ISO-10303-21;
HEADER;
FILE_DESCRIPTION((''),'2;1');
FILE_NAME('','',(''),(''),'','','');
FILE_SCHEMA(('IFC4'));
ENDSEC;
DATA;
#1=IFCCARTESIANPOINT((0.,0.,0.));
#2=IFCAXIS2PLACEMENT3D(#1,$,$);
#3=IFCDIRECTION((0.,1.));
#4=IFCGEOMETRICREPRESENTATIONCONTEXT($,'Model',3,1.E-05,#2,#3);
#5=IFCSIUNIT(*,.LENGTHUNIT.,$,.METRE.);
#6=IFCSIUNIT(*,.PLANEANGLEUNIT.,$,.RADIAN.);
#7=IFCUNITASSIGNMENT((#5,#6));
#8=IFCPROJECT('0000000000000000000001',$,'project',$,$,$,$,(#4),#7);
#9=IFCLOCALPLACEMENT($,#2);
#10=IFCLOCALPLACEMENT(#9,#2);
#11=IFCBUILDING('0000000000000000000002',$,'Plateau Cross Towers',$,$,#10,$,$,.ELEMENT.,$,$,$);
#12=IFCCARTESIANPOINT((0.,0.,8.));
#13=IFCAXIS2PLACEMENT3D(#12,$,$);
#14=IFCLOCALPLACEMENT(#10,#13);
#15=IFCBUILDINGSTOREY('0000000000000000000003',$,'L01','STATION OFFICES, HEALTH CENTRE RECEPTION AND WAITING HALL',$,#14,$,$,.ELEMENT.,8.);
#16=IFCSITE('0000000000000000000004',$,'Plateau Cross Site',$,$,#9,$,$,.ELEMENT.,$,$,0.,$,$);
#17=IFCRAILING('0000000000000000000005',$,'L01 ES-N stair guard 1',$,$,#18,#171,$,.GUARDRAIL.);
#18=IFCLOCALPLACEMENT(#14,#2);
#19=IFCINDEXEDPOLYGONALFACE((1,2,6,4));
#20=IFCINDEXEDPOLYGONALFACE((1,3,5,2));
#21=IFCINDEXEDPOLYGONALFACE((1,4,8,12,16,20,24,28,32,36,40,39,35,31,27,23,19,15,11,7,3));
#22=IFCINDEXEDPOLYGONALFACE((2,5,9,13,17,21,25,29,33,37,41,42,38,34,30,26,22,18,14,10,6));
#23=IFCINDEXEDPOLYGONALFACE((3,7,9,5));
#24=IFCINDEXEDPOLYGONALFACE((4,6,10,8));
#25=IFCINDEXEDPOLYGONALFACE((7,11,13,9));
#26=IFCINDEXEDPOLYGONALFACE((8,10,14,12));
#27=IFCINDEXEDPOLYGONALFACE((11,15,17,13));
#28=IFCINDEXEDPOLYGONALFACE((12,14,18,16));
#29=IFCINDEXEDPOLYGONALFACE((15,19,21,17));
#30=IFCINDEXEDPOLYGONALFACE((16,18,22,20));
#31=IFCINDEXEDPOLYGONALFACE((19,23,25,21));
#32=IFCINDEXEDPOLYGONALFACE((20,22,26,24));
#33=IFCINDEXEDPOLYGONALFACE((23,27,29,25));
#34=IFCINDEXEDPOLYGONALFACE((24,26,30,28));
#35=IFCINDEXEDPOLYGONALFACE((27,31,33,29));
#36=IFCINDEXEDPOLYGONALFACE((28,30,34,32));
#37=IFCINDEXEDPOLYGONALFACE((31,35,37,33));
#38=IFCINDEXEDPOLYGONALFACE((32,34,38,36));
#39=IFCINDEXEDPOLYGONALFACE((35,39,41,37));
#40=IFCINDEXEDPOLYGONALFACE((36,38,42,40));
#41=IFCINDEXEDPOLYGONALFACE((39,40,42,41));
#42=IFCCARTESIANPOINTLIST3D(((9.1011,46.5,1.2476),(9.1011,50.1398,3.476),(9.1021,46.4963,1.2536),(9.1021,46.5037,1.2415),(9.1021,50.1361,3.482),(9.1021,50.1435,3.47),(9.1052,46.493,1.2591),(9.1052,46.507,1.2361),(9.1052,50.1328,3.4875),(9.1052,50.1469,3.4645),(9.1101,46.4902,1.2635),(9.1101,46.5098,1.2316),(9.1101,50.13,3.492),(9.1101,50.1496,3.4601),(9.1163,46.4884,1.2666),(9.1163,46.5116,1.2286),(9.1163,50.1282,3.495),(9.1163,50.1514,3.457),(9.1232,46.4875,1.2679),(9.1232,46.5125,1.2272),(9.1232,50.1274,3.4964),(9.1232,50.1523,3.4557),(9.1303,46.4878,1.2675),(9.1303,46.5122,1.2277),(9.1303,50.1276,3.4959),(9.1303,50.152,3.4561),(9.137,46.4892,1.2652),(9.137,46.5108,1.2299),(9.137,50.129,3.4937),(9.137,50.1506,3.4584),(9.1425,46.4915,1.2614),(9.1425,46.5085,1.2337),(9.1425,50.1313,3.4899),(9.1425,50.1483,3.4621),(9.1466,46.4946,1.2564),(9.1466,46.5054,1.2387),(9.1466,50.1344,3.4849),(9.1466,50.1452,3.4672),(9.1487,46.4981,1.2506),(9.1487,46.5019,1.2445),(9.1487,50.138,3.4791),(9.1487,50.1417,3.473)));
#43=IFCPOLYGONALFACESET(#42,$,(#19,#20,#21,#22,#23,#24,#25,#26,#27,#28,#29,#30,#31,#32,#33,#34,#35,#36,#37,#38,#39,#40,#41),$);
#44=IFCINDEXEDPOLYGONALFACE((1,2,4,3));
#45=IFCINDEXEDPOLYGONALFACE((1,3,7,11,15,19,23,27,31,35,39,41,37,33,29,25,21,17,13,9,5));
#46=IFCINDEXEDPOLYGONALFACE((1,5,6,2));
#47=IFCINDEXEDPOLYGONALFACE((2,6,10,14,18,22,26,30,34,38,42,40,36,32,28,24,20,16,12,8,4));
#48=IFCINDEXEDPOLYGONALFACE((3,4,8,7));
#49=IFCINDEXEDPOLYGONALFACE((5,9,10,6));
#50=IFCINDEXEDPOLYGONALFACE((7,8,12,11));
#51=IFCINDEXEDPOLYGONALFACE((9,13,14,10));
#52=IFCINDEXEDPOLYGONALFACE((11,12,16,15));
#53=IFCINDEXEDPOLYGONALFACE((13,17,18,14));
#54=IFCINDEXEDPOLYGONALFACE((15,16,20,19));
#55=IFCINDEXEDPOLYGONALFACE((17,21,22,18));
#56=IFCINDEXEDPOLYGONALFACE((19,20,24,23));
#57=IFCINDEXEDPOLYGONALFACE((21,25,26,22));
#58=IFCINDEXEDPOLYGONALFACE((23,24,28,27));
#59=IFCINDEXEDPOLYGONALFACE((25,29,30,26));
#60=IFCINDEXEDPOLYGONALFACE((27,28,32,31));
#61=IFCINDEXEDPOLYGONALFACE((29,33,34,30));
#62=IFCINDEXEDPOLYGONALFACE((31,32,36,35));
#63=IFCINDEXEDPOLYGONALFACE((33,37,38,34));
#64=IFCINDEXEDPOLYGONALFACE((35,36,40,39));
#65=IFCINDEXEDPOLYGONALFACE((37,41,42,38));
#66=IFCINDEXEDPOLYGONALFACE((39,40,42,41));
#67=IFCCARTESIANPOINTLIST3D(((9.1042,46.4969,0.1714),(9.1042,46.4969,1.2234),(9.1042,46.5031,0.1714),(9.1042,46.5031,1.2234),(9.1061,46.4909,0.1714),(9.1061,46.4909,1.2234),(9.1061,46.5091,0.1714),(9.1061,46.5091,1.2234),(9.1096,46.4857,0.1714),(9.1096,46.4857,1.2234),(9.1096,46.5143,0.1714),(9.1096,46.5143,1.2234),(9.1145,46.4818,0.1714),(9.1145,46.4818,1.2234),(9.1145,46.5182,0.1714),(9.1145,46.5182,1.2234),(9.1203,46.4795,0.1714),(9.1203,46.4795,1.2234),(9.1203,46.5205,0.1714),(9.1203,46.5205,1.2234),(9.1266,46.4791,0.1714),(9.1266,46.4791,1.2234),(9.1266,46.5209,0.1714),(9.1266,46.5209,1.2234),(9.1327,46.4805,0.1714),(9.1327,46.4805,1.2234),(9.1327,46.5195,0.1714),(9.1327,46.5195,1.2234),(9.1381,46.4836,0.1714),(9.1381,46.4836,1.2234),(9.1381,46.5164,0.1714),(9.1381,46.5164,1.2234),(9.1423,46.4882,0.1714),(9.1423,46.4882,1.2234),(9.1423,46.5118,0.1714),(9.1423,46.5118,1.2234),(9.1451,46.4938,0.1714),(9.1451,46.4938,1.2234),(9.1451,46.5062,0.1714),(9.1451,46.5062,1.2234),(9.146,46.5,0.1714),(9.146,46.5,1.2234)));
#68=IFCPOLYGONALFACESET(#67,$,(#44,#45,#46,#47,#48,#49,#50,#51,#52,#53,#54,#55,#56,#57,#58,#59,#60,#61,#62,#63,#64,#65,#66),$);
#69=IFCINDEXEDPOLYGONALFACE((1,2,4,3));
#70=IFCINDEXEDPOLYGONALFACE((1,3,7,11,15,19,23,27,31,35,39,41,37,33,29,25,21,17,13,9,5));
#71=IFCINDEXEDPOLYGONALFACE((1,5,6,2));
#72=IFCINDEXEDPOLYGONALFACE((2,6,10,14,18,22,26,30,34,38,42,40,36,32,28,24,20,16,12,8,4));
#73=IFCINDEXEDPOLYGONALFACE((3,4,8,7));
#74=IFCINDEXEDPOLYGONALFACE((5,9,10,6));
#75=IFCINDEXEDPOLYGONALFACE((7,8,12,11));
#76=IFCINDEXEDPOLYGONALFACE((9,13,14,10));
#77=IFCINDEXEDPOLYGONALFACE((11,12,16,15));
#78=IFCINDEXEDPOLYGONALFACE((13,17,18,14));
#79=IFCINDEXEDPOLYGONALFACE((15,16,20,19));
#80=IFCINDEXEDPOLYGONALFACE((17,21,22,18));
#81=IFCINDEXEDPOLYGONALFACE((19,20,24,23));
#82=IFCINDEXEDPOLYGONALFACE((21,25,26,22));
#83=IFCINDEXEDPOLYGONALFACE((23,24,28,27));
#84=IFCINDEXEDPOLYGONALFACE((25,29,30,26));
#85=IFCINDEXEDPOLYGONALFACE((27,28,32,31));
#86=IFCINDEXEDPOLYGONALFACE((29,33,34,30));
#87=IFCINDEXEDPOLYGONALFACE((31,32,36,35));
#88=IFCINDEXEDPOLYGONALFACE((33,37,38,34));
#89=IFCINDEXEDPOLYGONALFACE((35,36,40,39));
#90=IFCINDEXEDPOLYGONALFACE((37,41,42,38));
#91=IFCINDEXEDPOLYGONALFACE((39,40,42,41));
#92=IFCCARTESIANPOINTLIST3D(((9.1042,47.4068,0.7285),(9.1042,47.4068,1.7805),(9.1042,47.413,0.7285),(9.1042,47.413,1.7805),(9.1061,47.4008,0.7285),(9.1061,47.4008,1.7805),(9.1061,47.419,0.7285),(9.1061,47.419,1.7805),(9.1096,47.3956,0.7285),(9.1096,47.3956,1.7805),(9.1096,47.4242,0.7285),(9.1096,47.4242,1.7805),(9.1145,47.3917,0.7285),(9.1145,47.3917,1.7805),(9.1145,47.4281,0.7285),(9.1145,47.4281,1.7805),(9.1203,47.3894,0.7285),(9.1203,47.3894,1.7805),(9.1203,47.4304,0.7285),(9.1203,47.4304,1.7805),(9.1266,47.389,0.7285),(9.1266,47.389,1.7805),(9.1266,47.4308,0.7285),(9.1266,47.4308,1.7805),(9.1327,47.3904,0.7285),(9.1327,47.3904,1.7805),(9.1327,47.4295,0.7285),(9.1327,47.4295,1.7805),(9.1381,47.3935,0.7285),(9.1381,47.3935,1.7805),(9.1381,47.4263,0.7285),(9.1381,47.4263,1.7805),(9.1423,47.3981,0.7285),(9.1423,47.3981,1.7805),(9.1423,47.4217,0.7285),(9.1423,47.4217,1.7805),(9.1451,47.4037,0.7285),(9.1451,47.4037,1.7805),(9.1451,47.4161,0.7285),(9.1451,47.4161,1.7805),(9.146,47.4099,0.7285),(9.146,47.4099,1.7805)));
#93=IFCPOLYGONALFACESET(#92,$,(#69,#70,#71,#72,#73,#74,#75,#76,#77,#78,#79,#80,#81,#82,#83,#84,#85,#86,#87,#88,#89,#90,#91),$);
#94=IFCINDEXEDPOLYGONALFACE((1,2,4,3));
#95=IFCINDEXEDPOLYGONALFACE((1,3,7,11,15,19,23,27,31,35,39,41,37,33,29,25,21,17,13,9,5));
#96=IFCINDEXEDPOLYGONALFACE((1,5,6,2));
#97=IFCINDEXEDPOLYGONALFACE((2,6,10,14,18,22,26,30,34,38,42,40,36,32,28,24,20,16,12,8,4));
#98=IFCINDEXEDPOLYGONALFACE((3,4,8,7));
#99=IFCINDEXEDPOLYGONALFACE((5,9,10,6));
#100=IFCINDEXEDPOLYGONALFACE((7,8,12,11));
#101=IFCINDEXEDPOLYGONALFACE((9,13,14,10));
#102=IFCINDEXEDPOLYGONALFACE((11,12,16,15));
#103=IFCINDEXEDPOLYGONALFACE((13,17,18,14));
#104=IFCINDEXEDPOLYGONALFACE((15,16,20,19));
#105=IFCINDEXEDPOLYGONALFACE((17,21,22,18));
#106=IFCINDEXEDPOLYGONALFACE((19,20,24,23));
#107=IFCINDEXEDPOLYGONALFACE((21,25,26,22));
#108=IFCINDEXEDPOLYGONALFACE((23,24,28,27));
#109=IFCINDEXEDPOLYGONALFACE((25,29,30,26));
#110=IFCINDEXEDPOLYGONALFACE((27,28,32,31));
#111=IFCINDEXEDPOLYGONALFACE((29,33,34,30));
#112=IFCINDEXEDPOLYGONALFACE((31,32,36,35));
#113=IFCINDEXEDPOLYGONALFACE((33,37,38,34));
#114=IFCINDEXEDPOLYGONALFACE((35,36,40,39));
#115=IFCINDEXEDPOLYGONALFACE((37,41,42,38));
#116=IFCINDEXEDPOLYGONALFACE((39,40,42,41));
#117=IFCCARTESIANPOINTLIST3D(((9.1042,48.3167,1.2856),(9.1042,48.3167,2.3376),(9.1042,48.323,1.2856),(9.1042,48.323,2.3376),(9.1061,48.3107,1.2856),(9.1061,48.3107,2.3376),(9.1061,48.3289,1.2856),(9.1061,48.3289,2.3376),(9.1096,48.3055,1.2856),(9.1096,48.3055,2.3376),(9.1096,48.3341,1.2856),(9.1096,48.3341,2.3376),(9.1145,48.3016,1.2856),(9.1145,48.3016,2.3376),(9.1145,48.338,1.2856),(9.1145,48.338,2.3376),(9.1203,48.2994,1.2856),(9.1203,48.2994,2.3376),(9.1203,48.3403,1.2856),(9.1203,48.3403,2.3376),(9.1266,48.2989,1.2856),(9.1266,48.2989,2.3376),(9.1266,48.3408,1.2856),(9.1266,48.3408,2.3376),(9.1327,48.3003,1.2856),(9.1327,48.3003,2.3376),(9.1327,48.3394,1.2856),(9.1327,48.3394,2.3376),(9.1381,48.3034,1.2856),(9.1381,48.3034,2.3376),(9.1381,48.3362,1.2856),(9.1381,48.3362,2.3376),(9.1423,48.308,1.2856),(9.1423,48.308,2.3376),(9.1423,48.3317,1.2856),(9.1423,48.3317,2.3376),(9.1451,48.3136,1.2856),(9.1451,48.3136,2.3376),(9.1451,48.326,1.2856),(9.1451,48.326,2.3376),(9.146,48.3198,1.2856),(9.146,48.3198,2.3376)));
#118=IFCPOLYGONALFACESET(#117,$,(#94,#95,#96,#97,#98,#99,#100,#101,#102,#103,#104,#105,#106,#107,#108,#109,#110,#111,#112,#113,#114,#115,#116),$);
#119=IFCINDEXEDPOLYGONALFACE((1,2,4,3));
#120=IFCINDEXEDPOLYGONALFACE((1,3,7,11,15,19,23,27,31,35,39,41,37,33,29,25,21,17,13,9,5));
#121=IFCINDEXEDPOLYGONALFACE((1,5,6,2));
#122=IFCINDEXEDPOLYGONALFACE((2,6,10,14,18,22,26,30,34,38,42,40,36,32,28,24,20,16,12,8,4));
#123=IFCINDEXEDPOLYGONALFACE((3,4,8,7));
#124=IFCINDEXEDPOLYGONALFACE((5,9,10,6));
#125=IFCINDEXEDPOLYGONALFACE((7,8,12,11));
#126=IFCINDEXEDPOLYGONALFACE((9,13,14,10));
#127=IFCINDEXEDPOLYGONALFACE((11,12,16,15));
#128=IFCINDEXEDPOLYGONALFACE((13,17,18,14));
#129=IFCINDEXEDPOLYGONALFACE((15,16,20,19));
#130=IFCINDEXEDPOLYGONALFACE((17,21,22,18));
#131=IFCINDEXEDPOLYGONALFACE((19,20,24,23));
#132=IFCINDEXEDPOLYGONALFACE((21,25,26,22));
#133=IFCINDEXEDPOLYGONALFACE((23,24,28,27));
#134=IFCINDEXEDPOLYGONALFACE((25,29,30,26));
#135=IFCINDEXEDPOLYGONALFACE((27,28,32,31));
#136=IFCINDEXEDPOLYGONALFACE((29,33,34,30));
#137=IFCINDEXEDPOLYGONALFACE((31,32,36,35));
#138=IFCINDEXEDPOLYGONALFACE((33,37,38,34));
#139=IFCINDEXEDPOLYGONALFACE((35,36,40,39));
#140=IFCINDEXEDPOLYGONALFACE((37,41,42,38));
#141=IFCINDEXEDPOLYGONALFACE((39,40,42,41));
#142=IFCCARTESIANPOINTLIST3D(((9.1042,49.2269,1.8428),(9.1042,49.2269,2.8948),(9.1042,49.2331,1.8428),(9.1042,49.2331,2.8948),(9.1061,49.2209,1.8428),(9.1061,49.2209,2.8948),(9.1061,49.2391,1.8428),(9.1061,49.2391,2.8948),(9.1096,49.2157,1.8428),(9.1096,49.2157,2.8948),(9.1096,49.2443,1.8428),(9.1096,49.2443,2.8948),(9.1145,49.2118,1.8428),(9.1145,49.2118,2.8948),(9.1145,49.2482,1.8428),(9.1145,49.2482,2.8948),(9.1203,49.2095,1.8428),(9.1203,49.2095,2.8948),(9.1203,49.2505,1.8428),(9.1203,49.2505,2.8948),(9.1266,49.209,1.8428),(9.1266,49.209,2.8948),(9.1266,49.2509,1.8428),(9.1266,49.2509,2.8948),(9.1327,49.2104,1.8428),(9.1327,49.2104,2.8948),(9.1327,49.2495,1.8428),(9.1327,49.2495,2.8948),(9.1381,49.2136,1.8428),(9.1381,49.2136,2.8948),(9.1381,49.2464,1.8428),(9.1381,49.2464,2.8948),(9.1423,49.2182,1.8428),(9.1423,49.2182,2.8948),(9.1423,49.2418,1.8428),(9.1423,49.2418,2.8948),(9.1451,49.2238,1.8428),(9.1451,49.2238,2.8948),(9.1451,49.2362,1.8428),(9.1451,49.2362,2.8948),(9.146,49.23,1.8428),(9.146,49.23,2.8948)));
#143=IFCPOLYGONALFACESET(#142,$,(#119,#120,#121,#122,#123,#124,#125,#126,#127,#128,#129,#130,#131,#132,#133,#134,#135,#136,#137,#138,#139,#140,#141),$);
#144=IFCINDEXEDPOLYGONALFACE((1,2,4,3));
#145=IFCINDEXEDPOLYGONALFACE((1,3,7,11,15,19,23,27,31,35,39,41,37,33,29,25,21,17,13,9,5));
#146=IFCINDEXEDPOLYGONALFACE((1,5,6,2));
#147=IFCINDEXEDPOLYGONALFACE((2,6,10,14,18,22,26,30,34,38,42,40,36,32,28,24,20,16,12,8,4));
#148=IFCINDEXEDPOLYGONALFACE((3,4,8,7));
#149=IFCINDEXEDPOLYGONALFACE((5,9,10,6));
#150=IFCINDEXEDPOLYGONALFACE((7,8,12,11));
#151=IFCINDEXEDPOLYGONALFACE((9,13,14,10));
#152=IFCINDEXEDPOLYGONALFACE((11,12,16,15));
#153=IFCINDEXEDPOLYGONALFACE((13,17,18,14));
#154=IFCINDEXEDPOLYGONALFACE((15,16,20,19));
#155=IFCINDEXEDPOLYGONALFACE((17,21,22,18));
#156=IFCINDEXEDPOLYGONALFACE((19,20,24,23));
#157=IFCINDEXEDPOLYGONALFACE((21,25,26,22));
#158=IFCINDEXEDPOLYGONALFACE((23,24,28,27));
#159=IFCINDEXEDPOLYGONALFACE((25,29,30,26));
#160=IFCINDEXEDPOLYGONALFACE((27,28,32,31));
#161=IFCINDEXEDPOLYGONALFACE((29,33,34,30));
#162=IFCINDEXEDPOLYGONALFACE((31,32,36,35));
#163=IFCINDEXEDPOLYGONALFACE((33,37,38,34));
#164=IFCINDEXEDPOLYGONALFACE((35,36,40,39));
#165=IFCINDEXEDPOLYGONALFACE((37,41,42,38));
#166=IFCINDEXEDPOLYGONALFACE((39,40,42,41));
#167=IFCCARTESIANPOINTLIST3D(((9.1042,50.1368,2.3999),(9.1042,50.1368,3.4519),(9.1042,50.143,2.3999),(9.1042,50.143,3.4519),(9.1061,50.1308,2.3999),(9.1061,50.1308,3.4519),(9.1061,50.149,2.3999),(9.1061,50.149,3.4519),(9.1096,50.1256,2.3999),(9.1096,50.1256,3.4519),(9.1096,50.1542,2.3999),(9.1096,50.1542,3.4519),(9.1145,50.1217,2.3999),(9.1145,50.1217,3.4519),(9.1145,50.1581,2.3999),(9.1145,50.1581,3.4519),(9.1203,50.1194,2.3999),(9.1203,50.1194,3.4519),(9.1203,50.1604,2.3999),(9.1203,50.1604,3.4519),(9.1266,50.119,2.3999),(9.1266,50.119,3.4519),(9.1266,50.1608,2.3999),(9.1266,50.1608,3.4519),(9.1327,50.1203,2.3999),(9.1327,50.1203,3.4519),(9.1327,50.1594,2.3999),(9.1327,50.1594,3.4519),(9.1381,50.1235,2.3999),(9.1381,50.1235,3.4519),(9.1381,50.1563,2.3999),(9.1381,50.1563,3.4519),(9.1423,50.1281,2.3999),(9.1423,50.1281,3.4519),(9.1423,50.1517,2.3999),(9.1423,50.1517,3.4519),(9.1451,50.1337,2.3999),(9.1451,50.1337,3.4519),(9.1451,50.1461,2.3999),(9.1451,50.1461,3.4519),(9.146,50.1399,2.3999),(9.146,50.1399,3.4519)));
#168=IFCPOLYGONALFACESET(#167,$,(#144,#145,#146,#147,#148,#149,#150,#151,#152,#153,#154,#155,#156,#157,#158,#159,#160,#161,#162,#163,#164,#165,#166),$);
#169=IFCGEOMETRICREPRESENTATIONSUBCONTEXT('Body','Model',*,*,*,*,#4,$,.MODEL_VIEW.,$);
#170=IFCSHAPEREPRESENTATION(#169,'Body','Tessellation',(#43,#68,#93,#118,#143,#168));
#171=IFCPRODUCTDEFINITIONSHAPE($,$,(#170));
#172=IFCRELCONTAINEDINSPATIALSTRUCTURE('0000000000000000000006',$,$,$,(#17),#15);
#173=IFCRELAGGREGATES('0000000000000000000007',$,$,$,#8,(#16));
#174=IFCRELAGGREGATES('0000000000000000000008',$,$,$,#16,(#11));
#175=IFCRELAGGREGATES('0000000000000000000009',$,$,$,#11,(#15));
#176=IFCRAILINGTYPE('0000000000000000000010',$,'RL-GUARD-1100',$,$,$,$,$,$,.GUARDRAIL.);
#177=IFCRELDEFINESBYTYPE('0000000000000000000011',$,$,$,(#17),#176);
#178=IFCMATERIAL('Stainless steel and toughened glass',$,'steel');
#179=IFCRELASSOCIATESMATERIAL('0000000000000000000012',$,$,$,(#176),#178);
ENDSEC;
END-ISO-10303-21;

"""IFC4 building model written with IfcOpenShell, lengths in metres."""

from ifc_helpers import new_model, si_unit, direction, frame, origin, origin_2d, place, context, subcontext, project, spatial, circle, extrude, material, type_object, element, save


model = new_model("IFC4")

# Units and contexts
model_context = context("Model", 3, precision=1e-05, world=origin(), true_north=direction((0.0, 1.0)))
body_context = subcontext(model_context, "Body", "Model", "MODEL_VIEW")
ifc_project = project(units=[si_unit("LENGTHUNIT", "METRE"), si_unit("PLANEANGLEUNIT", "RADIAN")], contexts=[model_context])

# Site, building, storey
site_placement = place(None, origin())
site = spatial("IfcSite", under=ifc_project, at=site_placement, Name="Plateau Cross Site", CompositionType="ELEMENT", RefElevation=0.0)
building_placement = place(site_placement, origin())
building = spatial("IfcBuilding", under=site, at=building_placement, Name="Plateau Cross Towers", CompositionType="ELEMENT")
storey_placement = place(building_placement, frame((0.0, 0.0, 8.0)))
storey = spatial("IfcBuildingStorey", under=building, at=storey_placement, Name="L01", Description="STATION OFFICES, HEALTH CENTRE RECEPTION AND WAITING HALL", CompositionType="ELEMENT", Elevation=8.0)

# Railing
ifc_material_1 = material(Name="Stainless steel and toughened glass", Category="steel")
railing_type_1 = type_object("IfcRailingType", Name="RL-GUARD-1100", PredefinedType="GUARDRAIL", material=ifc_material_1)
railing_1_placement = place(storey_placement, frame((9.125, 46.5, 0.1714)))
element("IfcRailing", 1, at=railing_1_placement, inside=storey, type_object=railing_type_1, Name="L01 ES-N stair guard 1", PredefinedType="GUARDRAIL", context=body_context, shape_type="SweptSolid", body=[
    extrude(circle(Radius=0.0239, at=origin_2d()), frame((0.0, 0.0, 1.0762), z_axis=(0.0, 0.85285, 0.522156), x_axis=(-1.0, 0.0, 0.0)), (0.0, 0.0, 1.0), 4.2678),
    extrude(circle(Radius=0.021, at=origin_2d()), origin(), (0.0, 0.0, 1.0), 1.052),
    extrude(circle(Radius=0.021, at=origin_2d()), frame((0.0, 0.9099, 0.5571)), (0.0, 0.0, 1.0), 1.052),
    extrude(circle(Radius=0.021, at=origin_2d()), frame((0.0, 1.8198, 1.1143)), (0.0, 0.0, 1.0), 1.052),
    extrude(circle(Radius=0.021, at=origin_2d()), frame((0.0, 2.73, 1.6714)), (0.0, 0.0, 1.0), 1.052),
    extrude(circle(Radius=0.021, at=origin_2d()), frame((0.0, 3.6399, 2.2285)), (0.0, 0.0, 1.0), 1.052),
])

save(model, "model.ifc")
